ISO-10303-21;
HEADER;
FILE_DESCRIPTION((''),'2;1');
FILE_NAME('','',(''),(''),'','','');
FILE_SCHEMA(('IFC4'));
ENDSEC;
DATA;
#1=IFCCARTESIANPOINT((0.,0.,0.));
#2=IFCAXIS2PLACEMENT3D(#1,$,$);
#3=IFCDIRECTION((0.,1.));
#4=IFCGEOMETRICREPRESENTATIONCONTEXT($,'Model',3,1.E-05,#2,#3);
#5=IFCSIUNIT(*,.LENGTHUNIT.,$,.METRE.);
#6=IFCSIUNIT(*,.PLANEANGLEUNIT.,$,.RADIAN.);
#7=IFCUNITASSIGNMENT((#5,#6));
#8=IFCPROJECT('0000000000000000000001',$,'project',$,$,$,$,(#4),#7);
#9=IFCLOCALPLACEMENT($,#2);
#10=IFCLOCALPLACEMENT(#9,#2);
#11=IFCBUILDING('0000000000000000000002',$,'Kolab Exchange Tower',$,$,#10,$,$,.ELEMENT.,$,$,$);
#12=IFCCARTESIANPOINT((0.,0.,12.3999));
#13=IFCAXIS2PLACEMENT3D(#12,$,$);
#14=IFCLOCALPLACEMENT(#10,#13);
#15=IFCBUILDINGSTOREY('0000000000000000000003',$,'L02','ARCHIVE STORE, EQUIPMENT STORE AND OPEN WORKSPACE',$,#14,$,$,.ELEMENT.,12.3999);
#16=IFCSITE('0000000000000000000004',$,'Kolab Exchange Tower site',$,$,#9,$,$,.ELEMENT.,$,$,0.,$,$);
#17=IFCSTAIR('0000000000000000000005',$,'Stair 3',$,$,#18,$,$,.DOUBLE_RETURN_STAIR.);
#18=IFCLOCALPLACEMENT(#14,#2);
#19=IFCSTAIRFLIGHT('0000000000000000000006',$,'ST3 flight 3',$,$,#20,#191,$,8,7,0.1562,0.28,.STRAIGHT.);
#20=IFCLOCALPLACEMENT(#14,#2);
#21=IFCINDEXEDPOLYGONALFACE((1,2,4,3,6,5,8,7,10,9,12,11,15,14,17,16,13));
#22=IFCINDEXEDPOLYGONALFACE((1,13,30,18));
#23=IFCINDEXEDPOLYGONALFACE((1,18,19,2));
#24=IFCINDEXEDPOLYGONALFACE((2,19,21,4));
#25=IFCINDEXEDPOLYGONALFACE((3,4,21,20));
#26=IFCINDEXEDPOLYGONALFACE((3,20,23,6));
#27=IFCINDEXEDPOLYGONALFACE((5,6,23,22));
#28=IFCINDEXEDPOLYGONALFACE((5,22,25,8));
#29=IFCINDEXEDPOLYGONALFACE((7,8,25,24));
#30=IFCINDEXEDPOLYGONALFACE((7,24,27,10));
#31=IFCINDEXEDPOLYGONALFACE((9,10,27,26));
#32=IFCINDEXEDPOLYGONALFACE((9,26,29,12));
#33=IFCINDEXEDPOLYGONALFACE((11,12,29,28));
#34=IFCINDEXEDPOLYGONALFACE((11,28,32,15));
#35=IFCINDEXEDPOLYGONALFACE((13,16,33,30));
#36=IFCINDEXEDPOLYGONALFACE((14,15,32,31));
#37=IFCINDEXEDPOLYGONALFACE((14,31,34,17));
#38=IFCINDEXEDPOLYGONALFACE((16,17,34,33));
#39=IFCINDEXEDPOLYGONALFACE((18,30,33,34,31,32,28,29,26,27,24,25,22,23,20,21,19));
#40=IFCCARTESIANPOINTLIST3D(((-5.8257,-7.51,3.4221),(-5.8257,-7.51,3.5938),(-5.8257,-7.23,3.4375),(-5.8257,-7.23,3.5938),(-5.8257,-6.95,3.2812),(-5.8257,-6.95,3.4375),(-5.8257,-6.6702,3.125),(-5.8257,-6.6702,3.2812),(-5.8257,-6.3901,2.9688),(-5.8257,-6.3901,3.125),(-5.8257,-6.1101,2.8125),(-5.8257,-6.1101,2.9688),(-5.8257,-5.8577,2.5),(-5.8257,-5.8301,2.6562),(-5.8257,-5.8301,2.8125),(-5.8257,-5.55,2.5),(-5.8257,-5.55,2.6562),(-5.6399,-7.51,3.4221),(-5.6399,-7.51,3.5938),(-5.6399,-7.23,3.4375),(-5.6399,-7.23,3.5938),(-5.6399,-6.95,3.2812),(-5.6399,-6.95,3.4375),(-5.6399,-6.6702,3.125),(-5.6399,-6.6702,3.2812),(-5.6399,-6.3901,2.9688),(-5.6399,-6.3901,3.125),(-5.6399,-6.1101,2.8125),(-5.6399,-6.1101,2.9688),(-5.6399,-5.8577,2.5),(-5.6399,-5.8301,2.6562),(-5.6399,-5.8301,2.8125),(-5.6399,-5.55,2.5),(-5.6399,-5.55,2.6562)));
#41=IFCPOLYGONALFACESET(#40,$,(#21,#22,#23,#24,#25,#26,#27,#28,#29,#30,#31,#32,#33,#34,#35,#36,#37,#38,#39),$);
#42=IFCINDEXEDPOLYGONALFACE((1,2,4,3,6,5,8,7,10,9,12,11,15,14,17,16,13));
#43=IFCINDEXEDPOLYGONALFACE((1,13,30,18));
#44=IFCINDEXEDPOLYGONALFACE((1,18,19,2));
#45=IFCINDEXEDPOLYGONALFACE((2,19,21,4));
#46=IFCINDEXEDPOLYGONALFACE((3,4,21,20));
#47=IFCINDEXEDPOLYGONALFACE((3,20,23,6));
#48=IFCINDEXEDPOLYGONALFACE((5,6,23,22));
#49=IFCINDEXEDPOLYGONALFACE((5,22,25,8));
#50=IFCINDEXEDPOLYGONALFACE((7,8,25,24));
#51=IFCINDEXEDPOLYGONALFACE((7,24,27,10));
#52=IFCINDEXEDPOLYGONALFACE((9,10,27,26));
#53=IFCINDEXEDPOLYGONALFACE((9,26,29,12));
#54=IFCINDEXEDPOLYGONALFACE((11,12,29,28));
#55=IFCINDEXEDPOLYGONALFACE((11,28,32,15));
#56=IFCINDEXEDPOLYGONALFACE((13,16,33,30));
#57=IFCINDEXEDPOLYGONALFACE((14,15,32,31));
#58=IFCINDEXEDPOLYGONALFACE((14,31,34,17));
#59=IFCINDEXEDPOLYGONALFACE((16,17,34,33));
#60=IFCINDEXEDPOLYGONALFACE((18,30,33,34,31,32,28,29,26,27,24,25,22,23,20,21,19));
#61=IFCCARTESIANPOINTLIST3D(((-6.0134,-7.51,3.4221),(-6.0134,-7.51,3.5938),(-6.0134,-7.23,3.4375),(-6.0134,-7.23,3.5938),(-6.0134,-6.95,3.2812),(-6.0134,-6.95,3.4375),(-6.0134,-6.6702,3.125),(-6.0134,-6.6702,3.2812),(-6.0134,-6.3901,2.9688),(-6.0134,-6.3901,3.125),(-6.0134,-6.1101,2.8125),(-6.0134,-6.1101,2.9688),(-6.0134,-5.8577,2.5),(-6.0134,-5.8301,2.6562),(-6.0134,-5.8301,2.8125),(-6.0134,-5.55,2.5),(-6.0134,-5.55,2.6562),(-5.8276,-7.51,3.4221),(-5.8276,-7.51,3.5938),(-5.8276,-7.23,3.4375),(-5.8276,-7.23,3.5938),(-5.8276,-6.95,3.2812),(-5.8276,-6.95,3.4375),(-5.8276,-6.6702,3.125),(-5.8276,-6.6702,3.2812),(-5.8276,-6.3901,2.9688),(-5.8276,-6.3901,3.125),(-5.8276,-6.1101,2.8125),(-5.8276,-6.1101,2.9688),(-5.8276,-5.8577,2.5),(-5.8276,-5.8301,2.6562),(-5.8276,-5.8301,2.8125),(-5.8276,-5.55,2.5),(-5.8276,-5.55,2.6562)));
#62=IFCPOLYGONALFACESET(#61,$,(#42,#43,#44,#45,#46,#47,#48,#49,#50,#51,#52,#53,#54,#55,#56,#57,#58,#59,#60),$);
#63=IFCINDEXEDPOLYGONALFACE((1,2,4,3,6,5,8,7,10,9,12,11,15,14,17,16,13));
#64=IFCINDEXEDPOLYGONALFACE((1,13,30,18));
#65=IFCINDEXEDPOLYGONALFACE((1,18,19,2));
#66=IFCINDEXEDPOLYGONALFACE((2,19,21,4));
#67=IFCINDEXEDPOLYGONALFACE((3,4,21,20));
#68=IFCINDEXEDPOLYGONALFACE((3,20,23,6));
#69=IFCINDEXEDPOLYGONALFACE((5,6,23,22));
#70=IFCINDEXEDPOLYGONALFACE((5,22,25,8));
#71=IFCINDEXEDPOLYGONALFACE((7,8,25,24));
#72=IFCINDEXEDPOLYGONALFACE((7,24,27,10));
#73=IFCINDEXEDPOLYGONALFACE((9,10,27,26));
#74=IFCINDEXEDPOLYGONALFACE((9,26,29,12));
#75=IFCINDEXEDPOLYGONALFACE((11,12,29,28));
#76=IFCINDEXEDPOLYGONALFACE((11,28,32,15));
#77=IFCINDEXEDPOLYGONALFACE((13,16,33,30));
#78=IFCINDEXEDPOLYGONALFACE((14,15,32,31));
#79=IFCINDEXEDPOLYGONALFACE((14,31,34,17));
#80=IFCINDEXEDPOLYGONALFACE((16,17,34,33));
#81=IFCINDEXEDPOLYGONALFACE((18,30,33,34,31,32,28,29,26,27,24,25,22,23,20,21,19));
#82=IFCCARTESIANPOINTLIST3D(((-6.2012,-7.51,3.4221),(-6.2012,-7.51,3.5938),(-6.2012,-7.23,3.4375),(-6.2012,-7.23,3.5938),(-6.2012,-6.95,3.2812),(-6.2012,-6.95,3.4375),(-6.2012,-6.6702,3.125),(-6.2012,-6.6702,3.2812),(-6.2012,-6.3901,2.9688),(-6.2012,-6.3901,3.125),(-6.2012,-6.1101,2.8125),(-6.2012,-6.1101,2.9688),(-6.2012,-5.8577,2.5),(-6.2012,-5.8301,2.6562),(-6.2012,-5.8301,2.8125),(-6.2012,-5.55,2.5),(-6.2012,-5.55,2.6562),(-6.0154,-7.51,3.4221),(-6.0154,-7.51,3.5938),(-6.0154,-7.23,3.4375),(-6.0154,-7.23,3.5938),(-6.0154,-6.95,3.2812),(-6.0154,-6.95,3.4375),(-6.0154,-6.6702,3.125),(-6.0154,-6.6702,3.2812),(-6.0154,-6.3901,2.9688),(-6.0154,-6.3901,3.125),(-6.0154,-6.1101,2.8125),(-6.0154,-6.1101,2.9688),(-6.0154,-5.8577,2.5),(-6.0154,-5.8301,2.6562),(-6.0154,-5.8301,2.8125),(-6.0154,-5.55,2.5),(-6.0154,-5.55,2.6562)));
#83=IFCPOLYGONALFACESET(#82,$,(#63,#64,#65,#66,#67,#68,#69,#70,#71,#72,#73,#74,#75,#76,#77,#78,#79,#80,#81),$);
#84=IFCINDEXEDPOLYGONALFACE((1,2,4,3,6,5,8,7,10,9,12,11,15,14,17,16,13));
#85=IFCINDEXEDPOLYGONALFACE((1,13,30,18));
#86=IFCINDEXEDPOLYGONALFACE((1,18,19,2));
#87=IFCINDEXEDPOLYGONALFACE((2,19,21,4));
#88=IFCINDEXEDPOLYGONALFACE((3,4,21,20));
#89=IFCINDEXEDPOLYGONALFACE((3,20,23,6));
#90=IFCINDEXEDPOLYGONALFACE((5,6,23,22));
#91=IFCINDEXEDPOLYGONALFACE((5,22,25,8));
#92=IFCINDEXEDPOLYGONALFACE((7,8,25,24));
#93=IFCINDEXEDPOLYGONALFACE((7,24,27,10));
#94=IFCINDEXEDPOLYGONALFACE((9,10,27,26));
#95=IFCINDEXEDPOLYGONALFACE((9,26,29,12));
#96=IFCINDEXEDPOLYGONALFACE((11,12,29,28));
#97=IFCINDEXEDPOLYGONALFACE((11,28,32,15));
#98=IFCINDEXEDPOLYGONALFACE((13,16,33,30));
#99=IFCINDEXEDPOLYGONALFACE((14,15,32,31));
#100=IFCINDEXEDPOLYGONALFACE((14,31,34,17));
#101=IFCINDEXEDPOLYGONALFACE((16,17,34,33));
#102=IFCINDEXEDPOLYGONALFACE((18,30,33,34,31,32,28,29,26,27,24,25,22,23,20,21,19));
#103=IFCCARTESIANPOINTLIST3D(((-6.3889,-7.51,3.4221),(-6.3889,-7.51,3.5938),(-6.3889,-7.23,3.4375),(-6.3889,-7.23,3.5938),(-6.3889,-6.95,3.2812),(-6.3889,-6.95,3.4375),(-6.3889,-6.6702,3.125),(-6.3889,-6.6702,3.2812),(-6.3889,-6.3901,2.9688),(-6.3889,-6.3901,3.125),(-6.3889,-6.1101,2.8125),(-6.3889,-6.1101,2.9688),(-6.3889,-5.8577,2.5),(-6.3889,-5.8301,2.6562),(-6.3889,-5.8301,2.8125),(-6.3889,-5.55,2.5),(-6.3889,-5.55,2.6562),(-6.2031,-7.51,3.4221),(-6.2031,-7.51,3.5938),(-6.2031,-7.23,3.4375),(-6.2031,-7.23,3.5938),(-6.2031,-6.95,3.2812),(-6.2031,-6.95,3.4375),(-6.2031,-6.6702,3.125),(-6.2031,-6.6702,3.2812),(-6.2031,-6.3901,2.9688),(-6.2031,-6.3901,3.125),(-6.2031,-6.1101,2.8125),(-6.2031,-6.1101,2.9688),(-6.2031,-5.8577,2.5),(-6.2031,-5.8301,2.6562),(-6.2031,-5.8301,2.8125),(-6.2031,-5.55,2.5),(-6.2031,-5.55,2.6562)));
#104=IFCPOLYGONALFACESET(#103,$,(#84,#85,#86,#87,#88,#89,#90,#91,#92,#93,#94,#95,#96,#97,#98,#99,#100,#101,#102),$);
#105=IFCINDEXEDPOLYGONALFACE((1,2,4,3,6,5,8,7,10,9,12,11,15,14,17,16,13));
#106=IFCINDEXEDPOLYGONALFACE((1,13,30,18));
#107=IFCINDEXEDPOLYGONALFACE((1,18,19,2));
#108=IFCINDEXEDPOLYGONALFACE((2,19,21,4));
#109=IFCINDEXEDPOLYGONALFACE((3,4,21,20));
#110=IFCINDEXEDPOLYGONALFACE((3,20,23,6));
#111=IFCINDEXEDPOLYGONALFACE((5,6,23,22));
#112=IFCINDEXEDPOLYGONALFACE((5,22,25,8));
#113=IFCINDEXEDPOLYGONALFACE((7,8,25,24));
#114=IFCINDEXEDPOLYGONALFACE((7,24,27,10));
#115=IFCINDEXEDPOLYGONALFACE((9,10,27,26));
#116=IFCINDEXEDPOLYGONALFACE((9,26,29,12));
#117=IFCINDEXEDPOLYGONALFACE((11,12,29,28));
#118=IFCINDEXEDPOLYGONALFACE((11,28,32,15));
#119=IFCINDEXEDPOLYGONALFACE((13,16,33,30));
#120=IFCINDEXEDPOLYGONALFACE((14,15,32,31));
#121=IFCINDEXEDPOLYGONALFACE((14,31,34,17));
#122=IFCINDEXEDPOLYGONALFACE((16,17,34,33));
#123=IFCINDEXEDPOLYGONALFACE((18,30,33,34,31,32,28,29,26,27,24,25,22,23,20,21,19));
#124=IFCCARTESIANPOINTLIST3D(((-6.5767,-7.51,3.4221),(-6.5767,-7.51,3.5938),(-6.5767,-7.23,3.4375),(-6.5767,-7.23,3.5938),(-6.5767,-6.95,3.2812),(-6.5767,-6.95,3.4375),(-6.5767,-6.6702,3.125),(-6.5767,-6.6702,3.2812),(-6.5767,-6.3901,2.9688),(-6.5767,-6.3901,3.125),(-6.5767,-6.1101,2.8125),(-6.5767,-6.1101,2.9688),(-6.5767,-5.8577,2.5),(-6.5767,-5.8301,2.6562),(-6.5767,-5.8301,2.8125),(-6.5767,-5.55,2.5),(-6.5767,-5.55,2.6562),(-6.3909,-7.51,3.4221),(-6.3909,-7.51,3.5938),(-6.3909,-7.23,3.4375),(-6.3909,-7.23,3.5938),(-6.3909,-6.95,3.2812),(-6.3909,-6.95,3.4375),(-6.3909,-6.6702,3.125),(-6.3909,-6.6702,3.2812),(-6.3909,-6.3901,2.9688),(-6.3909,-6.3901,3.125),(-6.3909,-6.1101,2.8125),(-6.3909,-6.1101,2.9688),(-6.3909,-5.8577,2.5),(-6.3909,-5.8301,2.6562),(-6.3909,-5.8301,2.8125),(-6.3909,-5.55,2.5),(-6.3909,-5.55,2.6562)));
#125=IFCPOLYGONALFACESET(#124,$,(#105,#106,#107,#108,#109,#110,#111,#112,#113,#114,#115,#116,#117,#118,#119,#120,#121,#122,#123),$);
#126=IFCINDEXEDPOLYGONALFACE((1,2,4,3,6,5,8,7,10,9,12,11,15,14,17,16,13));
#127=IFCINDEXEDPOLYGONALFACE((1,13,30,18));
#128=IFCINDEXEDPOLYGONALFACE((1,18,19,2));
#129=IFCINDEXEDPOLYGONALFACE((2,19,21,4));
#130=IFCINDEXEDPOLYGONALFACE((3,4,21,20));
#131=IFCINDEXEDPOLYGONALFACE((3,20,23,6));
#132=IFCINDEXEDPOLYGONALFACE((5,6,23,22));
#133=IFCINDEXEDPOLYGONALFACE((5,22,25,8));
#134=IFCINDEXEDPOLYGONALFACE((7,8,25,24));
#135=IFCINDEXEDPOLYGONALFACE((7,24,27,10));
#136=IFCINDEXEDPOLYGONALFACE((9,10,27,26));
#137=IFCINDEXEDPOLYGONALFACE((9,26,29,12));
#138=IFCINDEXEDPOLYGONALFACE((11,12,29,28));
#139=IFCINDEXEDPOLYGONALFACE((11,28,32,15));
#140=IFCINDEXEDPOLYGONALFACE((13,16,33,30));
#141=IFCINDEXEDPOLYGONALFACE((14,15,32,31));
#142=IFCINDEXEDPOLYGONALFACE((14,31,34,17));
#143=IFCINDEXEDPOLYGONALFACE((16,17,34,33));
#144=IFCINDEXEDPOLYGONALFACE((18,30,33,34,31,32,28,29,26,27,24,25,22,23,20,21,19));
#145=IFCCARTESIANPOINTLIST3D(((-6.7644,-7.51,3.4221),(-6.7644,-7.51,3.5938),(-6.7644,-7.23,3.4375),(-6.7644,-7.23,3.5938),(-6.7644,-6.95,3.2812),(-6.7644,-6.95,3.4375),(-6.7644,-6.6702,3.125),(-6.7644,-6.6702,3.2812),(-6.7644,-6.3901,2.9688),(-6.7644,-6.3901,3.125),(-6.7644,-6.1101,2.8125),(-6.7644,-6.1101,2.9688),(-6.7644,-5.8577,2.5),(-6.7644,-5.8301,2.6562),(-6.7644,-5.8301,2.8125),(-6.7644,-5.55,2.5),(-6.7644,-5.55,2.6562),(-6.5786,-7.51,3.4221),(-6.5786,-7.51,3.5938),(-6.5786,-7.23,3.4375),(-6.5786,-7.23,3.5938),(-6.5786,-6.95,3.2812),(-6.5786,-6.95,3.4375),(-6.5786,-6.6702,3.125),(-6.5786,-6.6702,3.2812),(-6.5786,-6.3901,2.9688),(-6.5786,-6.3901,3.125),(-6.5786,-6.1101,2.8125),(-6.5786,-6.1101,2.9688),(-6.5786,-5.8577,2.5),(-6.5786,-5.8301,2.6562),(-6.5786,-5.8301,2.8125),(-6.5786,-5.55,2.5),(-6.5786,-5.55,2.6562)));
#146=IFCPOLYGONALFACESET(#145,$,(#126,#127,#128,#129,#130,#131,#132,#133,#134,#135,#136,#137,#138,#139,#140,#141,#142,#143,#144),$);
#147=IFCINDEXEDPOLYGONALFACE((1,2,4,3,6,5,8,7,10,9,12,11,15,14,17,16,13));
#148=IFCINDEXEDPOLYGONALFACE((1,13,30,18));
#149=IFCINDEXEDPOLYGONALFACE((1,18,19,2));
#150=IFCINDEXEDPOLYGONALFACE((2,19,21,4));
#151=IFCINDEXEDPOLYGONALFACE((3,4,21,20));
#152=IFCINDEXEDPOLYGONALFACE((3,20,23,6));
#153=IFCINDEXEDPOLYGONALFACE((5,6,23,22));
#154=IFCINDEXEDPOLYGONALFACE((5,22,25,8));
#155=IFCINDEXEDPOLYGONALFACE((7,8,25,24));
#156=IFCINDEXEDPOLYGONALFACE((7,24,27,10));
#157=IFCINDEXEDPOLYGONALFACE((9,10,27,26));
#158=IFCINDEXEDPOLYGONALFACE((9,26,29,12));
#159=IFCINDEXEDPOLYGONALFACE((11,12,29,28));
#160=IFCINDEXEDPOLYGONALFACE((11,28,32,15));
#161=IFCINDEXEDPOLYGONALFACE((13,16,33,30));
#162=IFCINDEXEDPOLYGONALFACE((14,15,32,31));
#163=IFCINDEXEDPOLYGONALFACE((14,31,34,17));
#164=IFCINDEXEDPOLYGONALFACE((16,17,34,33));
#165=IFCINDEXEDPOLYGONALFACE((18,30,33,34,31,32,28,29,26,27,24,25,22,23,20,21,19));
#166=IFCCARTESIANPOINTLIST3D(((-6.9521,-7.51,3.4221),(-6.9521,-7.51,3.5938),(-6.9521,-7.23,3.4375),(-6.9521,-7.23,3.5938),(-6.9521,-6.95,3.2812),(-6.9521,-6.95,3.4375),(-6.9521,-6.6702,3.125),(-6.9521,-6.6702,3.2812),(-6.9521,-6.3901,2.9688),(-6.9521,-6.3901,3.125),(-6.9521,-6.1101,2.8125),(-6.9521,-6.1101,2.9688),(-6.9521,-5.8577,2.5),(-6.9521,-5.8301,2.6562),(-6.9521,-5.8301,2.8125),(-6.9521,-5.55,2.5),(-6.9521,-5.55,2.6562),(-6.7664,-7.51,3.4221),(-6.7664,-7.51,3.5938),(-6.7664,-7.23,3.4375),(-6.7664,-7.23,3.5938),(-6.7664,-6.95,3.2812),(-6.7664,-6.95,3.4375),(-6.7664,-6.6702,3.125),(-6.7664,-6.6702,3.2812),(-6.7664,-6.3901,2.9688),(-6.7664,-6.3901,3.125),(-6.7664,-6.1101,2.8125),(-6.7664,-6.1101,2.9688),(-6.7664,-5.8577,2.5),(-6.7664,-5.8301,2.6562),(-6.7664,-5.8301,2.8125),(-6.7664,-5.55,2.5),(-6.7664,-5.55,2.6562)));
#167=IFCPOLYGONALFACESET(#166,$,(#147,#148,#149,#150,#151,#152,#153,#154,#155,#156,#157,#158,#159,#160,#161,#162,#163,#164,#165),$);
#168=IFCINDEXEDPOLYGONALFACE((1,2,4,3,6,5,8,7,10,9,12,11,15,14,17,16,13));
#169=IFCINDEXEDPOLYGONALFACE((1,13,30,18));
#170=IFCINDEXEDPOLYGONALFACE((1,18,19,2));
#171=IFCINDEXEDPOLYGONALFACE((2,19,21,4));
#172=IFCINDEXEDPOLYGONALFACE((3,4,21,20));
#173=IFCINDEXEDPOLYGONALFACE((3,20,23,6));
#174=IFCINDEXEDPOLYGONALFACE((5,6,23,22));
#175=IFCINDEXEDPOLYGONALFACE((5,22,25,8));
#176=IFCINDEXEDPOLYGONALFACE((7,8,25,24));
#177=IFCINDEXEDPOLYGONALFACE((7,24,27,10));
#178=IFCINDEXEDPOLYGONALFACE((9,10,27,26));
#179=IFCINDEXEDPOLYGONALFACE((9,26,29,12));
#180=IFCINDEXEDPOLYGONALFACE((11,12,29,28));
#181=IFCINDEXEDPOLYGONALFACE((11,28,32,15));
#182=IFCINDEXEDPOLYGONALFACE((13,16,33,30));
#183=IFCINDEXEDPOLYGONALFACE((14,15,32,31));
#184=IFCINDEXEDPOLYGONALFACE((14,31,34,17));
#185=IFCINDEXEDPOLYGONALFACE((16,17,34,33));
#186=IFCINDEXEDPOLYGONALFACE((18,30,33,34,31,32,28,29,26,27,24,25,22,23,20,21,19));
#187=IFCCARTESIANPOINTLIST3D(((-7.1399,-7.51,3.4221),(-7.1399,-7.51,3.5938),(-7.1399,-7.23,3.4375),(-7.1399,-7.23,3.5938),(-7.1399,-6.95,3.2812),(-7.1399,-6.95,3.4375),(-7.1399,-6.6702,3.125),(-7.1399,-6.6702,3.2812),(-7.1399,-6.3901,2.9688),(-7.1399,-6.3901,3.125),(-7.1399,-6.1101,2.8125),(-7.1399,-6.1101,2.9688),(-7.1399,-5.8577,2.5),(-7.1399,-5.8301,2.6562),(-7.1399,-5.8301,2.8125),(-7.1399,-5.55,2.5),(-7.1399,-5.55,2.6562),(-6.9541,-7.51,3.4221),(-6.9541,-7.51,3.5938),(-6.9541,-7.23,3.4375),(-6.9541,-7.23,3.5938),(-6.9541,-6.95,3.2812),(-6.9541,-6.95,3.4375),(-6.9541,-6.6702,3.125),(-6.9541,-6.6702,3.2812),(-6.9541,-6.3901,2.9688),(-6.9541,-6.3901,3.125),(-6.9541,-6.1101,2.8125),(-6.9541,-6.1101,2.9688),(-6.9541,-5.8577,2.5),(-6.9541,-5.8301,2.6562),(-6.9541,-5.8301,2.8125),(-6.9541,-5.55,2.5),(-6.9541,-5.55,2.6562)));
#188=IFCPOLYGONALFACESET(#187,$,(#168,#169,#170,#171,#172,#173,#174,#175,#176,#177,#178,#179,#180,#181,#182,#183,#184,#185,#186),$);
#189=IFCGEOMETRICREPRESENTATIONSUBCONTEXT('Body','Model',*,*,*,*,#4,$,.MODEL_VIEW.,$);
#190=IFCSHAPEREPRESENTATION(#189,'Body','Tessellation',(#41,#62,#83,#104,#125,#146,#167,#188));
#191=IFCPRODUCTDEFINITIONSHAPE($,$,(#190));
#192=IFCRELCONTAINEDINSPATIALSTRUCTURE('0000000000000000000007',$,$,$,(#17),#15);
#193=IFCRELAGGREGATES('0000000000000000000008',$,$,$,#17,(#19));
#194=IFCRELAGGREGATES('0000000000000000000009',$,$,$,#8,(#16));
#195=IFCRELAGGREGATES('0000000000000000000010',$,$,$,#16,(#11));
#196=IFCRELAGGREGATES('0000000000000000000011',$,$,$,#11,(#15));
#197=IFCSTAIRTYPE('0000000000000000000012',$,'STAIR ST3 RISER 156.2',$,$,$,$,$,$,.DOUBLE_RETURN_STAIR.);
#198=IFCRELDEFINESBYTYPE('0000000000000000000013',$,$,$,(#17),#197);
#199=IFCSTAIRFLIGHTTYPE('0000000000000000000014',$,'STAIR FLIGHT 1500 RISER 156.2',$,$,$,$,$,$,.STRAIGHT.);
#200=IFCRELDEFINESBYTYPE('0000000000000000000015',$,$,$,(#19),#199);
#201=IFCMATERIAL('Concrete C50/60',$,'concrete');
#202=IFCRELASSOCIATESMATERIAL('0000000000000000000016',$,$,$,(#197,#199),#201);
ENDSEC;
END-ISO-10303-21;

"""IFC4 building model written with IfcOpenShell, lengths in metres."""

from ifc_helpers import new_model, si_unit, direction, frame, origin, place, context, subcontext, project, spatial, polyline, outline, extrude, material, type_object, element, aggregate, save


model = new_model("IFC4")

# Units and contexts
model_context = context("Model", 3, precision=1e-05, world=origin(), true_north=direction((0.0, 1.0)))
body_context = subcontext(model_context, "Body", "Model", "MODEL_VIEW")
ifc_project = project(units=[si_unit("LENGTHUNIT", "METRE"), si_unit("PLANEANGLEUNIT", "RADIAN")], contexts=[model_context])

# Site, building, storey
site_placement = place(None, origin())
site = spatial("IfcSite", under=ifc_project, at=site_placement, Name="Kolab Exchange Tower site", CompositionType="ELEMENT", RefElevation=0.0)
building_placement = place(site_placement, origin())
building = spatial("IfcBuilding", under=site, at=building_placement, Name="Kolab Exchange Tower", CompositionType="ELEMENT")
storey_placement = place(building_placement, frame((0.0, 0.0, 12.3999)))
storey = spatial("IfcBuildingStorey", under=building, at=storey_placement, Name="L02", Description="ARCHIVE STORE, EQUIPMENT STORE AND OPEN WORKSPACE", CompositionType="ELEMENT", Elevation=12.3999)

# Shared definitions
ifc_material_1 = material(Name="Concrete C50/60", Category="concrete")

# Stair, stair flight
stair_type = type_object("IfcStairType", Name="STAIR ST3 RISER 156.2", PredefinedType="DOUBLE_RETURN_STAIR", material=ifc_material_1)
stair_placement = place(storey_placement, origin())
stair = element("IfcStair", 1, at=stair_placement, inside=storey, type_object=stair_type, Name="Stair 3", PredefinedType="DOUBLE_RETURN_STAIR")
stair_flight_type = type_object("IfcStairFlightType", Name="STAIR FLIGHT 1500 RISER 156.2", PredefinedType="STRAIGHT", material=ifc_material_1)
stair_flight_1_placement = place(storey_placement, frame((-6.3899, -5.55, 2.5), z_axis=(0.0, 0.0, 1.0), x_axis=(0.0, -1.0, 0.0)))
stair_flight_1 = element("IfcStairFlight", 2, at=stair_flight_1_placement, type_object=stair_flight_type, Name="ST3 flight 3", NumberOfRisers=8, NumberOfTreads=7, PredefinedType="STRAIGHT", RiserHeight=0.1562, TreadLength=0.28, context=body_context, shape_type="SweptSolid", body=[
    extrude(outline(polyline([(0.0, 0.0), (0.0, 0.1562), (0.28, 0.1562), (0.28, 0.3125), (0.5601, 0.3125), (0.5601, 0.4688), (0.8401, 0.4688), (0.8401, 0.625), (1.1201, 0.625), (1.1201, 0.7812), (1.3999, 0.7812), (1.3999, 0.9375), (1.6799, 0.9375), (1.6799, 1.0938), (1.96, 1.0938), (1.96, 1.25), (1.96, 0.9221), (0.3076, 0.0), (0.0, 0.0)])), frame((0.0, 0.75, 0.0), z_axis=(0.0, -1.0, 0.0), x_axis=(1.0, 0.0, 0.0)), (0.0, 0.0, 1.0), 0.1858),
    extrude(outline(polyline([(0.0, 0.0), (0.0, 0.1562), (0.28, 0.1562), (0.28, 0.3125), (0.5601, 0.3125), (0.5601, 0.4688), (0.8401, 0.4688), (0.8401, 0.625), (1.1201, 0.625), (1.1201, 0.7812), (1.3999, 0.7812), (1.3999, 0.9375), (1.6799, 0.9375), (1.6799, 1.0938), (1.96, 1.0938), (1.96, 1.25), (1.96, 0.9221), (0.3076, 0.0), (0.0, 0.0)])), frame((0.0, 0.5623, 0.0), z_axis=(0.0, -1.0, 0.0), x_axis=(1.0, 0.0, 0.0)), (0.0, 0.0, 1.0), 0.1858),
    extrude(outline(polyline([(0.0, 0.0), (0.0, 0.1562), (0.28, 0.1562), (0.28, 0.3125), (0.5601, 0.3125), (0.5601, 0.4688), (0.8401, 0.4688), (0.8401, 0.625), (1.1201, 0.625), (1.1201, 0.7812), (1.3999, 0.7812), (1.3999, 0.9375), (1.6799, 0.9375), (1.6799, 1.0938), (1.96, 1.0938), (1.96, 1.25), (1.96, 0.9221), (0.3076, 0.0), (0.0, 0.0)])), frame((0.0, 0.3745, 0.0), z_axis=(0.0, -1.0, 0.0), x_axis=(1.0, 0.0, 0.0)), (0.0, 0.0, 1.0), 0.1858),
    extrude(outline(polyline([(0.0, 0.0), (0.0, 0.1562), (0.28, 0.1562), (0.28, 0.3125), (0.5601, 0.3125), (0.5601, 0.4688), (0.8401, 0.4688), (0.8401, 0.625), (1.1201, 0.625), (1.1201, 0.7812), (1.3999, 0.7812), (1.3999, 0.9375), (1.6799, 0.9375), (1.6799, 1.0938), (1.96, 1.0938), (1.96, 1.25), (1.96, 0.9221), (0.3076, 0.0), (0.0, 0.0)])), frame((0.0, 0.1868, 0.0), z_axis=(0.0, -1.0, 0.0), x_axis=(1.0, 0.0, 0.0)), (0.0, 0.0, 1.0), 0.1858),
    extrude(outline(polyline([(0.0, 0.0), (0.0, 0.1562), (0.28, 0.1562), (0.28, 0.3125), (0.5601, 0.3125), (0.5601, 0.4688), (0.8401, 0.4688), (0.8401, 0.625), (1.1201, 0.625), (1.1201, 0.7812), (1.3999, 0.7812), (1.3999, 0.9375), (1.6799, 0.9375), (1.6799, 1.0938), (1.96, 1.0938), (1.96, 1.25), (1.96, 0.9221), (0.3076, 0.0), (0.0, 0.0)])), frame((0.0, -0.001, 0.0), z_axis=(0.0, -1.0, 0.0), x_axis=(1.0, 0.0, 0.0)), (0.0, 0.0, 1.0), 0.1858),
    extrude(outline(polyline([(0.0, 0.0), (0.0, 0.1562), (0.28, 0.1562), (0.28, 0.3125), (0.5601, 0.3125), (0.5601, 0.4688), (0.8401, 0.4688), (0.8401, 0.625), (1.1201, 0.625), (1.1201, 0.7812), (1.3999, 0.7812), (1.3999, 0.9375), (1.6799, 0.9375), (1.6799, 1.0938), (1.96, 1.0938), (1.96, 1.25), (1.96, 0.9221), (0.3076, 0.0), (0.0, 0.0)])), frame((0.0, -0.1887, 0.0), z_axis=(0.0, -1.0, 0.0), x_axis=(1.0, 0.0, 0.0)), (0.0, 0.0, 1.0), 0.1858),
    extrude(outline(polyline([(0.0, 0.0), (0.0, 0.1562), (0.28, 0.1562), (0.28, 0.3125), (0.5601, 0.3125), (0.5601, 0.4688), (0.8401, 0.4688), (0.8401, 0.625), (1.1201, 0.625), (1.1201, 0.7812), (1.3999, 0.7812), (1.3999, 0.9375), (1.6799, 0.9375), (1.6799, 1.0938), (1.96, 1.0938), (1.96, 1.25), (1.96, 0.9221), (0.3076, 0.0), (0.0, 0.0)])), frame((0.0, -0.3765, 0.0), z_axis=(0.0, -1.0, 0.0), x_axis=(1.0, 0.0, 0.0)), (0.0, 0.0, 1.0), 0.1858),
    extrude(outline(polyline([(0.0, 0.0), (0.0, 0.1562), (0.28, 0.1562), (0.28, 0.3125), (0.5601, 0.3125), (0.5601, 0.4688), (0.8401, 0.4688), (0.8401, 0.625), (1.1201, 0.625), (1.1201, 0.7812), (1.3999, 0.7812), (1.3999, 0.9375), (1.6799, 0.9375), (1.6799, 1.0938), (1.96, 1.0938), (1.96, 1.25), (1.96, 0.9221), (0.3076, 0.0), (0.0, 0.0)])), frame((0.0, -0.5642, 0.0), z_axis=(0.0, -1.0, 0.0), x_axis=(1.0, 0.0, 0.0)), (0.0, 0.0, 1.0), 0.1858),
])
aggregate(stair, [stair_flight_1])

save(model, "model.ifc")
